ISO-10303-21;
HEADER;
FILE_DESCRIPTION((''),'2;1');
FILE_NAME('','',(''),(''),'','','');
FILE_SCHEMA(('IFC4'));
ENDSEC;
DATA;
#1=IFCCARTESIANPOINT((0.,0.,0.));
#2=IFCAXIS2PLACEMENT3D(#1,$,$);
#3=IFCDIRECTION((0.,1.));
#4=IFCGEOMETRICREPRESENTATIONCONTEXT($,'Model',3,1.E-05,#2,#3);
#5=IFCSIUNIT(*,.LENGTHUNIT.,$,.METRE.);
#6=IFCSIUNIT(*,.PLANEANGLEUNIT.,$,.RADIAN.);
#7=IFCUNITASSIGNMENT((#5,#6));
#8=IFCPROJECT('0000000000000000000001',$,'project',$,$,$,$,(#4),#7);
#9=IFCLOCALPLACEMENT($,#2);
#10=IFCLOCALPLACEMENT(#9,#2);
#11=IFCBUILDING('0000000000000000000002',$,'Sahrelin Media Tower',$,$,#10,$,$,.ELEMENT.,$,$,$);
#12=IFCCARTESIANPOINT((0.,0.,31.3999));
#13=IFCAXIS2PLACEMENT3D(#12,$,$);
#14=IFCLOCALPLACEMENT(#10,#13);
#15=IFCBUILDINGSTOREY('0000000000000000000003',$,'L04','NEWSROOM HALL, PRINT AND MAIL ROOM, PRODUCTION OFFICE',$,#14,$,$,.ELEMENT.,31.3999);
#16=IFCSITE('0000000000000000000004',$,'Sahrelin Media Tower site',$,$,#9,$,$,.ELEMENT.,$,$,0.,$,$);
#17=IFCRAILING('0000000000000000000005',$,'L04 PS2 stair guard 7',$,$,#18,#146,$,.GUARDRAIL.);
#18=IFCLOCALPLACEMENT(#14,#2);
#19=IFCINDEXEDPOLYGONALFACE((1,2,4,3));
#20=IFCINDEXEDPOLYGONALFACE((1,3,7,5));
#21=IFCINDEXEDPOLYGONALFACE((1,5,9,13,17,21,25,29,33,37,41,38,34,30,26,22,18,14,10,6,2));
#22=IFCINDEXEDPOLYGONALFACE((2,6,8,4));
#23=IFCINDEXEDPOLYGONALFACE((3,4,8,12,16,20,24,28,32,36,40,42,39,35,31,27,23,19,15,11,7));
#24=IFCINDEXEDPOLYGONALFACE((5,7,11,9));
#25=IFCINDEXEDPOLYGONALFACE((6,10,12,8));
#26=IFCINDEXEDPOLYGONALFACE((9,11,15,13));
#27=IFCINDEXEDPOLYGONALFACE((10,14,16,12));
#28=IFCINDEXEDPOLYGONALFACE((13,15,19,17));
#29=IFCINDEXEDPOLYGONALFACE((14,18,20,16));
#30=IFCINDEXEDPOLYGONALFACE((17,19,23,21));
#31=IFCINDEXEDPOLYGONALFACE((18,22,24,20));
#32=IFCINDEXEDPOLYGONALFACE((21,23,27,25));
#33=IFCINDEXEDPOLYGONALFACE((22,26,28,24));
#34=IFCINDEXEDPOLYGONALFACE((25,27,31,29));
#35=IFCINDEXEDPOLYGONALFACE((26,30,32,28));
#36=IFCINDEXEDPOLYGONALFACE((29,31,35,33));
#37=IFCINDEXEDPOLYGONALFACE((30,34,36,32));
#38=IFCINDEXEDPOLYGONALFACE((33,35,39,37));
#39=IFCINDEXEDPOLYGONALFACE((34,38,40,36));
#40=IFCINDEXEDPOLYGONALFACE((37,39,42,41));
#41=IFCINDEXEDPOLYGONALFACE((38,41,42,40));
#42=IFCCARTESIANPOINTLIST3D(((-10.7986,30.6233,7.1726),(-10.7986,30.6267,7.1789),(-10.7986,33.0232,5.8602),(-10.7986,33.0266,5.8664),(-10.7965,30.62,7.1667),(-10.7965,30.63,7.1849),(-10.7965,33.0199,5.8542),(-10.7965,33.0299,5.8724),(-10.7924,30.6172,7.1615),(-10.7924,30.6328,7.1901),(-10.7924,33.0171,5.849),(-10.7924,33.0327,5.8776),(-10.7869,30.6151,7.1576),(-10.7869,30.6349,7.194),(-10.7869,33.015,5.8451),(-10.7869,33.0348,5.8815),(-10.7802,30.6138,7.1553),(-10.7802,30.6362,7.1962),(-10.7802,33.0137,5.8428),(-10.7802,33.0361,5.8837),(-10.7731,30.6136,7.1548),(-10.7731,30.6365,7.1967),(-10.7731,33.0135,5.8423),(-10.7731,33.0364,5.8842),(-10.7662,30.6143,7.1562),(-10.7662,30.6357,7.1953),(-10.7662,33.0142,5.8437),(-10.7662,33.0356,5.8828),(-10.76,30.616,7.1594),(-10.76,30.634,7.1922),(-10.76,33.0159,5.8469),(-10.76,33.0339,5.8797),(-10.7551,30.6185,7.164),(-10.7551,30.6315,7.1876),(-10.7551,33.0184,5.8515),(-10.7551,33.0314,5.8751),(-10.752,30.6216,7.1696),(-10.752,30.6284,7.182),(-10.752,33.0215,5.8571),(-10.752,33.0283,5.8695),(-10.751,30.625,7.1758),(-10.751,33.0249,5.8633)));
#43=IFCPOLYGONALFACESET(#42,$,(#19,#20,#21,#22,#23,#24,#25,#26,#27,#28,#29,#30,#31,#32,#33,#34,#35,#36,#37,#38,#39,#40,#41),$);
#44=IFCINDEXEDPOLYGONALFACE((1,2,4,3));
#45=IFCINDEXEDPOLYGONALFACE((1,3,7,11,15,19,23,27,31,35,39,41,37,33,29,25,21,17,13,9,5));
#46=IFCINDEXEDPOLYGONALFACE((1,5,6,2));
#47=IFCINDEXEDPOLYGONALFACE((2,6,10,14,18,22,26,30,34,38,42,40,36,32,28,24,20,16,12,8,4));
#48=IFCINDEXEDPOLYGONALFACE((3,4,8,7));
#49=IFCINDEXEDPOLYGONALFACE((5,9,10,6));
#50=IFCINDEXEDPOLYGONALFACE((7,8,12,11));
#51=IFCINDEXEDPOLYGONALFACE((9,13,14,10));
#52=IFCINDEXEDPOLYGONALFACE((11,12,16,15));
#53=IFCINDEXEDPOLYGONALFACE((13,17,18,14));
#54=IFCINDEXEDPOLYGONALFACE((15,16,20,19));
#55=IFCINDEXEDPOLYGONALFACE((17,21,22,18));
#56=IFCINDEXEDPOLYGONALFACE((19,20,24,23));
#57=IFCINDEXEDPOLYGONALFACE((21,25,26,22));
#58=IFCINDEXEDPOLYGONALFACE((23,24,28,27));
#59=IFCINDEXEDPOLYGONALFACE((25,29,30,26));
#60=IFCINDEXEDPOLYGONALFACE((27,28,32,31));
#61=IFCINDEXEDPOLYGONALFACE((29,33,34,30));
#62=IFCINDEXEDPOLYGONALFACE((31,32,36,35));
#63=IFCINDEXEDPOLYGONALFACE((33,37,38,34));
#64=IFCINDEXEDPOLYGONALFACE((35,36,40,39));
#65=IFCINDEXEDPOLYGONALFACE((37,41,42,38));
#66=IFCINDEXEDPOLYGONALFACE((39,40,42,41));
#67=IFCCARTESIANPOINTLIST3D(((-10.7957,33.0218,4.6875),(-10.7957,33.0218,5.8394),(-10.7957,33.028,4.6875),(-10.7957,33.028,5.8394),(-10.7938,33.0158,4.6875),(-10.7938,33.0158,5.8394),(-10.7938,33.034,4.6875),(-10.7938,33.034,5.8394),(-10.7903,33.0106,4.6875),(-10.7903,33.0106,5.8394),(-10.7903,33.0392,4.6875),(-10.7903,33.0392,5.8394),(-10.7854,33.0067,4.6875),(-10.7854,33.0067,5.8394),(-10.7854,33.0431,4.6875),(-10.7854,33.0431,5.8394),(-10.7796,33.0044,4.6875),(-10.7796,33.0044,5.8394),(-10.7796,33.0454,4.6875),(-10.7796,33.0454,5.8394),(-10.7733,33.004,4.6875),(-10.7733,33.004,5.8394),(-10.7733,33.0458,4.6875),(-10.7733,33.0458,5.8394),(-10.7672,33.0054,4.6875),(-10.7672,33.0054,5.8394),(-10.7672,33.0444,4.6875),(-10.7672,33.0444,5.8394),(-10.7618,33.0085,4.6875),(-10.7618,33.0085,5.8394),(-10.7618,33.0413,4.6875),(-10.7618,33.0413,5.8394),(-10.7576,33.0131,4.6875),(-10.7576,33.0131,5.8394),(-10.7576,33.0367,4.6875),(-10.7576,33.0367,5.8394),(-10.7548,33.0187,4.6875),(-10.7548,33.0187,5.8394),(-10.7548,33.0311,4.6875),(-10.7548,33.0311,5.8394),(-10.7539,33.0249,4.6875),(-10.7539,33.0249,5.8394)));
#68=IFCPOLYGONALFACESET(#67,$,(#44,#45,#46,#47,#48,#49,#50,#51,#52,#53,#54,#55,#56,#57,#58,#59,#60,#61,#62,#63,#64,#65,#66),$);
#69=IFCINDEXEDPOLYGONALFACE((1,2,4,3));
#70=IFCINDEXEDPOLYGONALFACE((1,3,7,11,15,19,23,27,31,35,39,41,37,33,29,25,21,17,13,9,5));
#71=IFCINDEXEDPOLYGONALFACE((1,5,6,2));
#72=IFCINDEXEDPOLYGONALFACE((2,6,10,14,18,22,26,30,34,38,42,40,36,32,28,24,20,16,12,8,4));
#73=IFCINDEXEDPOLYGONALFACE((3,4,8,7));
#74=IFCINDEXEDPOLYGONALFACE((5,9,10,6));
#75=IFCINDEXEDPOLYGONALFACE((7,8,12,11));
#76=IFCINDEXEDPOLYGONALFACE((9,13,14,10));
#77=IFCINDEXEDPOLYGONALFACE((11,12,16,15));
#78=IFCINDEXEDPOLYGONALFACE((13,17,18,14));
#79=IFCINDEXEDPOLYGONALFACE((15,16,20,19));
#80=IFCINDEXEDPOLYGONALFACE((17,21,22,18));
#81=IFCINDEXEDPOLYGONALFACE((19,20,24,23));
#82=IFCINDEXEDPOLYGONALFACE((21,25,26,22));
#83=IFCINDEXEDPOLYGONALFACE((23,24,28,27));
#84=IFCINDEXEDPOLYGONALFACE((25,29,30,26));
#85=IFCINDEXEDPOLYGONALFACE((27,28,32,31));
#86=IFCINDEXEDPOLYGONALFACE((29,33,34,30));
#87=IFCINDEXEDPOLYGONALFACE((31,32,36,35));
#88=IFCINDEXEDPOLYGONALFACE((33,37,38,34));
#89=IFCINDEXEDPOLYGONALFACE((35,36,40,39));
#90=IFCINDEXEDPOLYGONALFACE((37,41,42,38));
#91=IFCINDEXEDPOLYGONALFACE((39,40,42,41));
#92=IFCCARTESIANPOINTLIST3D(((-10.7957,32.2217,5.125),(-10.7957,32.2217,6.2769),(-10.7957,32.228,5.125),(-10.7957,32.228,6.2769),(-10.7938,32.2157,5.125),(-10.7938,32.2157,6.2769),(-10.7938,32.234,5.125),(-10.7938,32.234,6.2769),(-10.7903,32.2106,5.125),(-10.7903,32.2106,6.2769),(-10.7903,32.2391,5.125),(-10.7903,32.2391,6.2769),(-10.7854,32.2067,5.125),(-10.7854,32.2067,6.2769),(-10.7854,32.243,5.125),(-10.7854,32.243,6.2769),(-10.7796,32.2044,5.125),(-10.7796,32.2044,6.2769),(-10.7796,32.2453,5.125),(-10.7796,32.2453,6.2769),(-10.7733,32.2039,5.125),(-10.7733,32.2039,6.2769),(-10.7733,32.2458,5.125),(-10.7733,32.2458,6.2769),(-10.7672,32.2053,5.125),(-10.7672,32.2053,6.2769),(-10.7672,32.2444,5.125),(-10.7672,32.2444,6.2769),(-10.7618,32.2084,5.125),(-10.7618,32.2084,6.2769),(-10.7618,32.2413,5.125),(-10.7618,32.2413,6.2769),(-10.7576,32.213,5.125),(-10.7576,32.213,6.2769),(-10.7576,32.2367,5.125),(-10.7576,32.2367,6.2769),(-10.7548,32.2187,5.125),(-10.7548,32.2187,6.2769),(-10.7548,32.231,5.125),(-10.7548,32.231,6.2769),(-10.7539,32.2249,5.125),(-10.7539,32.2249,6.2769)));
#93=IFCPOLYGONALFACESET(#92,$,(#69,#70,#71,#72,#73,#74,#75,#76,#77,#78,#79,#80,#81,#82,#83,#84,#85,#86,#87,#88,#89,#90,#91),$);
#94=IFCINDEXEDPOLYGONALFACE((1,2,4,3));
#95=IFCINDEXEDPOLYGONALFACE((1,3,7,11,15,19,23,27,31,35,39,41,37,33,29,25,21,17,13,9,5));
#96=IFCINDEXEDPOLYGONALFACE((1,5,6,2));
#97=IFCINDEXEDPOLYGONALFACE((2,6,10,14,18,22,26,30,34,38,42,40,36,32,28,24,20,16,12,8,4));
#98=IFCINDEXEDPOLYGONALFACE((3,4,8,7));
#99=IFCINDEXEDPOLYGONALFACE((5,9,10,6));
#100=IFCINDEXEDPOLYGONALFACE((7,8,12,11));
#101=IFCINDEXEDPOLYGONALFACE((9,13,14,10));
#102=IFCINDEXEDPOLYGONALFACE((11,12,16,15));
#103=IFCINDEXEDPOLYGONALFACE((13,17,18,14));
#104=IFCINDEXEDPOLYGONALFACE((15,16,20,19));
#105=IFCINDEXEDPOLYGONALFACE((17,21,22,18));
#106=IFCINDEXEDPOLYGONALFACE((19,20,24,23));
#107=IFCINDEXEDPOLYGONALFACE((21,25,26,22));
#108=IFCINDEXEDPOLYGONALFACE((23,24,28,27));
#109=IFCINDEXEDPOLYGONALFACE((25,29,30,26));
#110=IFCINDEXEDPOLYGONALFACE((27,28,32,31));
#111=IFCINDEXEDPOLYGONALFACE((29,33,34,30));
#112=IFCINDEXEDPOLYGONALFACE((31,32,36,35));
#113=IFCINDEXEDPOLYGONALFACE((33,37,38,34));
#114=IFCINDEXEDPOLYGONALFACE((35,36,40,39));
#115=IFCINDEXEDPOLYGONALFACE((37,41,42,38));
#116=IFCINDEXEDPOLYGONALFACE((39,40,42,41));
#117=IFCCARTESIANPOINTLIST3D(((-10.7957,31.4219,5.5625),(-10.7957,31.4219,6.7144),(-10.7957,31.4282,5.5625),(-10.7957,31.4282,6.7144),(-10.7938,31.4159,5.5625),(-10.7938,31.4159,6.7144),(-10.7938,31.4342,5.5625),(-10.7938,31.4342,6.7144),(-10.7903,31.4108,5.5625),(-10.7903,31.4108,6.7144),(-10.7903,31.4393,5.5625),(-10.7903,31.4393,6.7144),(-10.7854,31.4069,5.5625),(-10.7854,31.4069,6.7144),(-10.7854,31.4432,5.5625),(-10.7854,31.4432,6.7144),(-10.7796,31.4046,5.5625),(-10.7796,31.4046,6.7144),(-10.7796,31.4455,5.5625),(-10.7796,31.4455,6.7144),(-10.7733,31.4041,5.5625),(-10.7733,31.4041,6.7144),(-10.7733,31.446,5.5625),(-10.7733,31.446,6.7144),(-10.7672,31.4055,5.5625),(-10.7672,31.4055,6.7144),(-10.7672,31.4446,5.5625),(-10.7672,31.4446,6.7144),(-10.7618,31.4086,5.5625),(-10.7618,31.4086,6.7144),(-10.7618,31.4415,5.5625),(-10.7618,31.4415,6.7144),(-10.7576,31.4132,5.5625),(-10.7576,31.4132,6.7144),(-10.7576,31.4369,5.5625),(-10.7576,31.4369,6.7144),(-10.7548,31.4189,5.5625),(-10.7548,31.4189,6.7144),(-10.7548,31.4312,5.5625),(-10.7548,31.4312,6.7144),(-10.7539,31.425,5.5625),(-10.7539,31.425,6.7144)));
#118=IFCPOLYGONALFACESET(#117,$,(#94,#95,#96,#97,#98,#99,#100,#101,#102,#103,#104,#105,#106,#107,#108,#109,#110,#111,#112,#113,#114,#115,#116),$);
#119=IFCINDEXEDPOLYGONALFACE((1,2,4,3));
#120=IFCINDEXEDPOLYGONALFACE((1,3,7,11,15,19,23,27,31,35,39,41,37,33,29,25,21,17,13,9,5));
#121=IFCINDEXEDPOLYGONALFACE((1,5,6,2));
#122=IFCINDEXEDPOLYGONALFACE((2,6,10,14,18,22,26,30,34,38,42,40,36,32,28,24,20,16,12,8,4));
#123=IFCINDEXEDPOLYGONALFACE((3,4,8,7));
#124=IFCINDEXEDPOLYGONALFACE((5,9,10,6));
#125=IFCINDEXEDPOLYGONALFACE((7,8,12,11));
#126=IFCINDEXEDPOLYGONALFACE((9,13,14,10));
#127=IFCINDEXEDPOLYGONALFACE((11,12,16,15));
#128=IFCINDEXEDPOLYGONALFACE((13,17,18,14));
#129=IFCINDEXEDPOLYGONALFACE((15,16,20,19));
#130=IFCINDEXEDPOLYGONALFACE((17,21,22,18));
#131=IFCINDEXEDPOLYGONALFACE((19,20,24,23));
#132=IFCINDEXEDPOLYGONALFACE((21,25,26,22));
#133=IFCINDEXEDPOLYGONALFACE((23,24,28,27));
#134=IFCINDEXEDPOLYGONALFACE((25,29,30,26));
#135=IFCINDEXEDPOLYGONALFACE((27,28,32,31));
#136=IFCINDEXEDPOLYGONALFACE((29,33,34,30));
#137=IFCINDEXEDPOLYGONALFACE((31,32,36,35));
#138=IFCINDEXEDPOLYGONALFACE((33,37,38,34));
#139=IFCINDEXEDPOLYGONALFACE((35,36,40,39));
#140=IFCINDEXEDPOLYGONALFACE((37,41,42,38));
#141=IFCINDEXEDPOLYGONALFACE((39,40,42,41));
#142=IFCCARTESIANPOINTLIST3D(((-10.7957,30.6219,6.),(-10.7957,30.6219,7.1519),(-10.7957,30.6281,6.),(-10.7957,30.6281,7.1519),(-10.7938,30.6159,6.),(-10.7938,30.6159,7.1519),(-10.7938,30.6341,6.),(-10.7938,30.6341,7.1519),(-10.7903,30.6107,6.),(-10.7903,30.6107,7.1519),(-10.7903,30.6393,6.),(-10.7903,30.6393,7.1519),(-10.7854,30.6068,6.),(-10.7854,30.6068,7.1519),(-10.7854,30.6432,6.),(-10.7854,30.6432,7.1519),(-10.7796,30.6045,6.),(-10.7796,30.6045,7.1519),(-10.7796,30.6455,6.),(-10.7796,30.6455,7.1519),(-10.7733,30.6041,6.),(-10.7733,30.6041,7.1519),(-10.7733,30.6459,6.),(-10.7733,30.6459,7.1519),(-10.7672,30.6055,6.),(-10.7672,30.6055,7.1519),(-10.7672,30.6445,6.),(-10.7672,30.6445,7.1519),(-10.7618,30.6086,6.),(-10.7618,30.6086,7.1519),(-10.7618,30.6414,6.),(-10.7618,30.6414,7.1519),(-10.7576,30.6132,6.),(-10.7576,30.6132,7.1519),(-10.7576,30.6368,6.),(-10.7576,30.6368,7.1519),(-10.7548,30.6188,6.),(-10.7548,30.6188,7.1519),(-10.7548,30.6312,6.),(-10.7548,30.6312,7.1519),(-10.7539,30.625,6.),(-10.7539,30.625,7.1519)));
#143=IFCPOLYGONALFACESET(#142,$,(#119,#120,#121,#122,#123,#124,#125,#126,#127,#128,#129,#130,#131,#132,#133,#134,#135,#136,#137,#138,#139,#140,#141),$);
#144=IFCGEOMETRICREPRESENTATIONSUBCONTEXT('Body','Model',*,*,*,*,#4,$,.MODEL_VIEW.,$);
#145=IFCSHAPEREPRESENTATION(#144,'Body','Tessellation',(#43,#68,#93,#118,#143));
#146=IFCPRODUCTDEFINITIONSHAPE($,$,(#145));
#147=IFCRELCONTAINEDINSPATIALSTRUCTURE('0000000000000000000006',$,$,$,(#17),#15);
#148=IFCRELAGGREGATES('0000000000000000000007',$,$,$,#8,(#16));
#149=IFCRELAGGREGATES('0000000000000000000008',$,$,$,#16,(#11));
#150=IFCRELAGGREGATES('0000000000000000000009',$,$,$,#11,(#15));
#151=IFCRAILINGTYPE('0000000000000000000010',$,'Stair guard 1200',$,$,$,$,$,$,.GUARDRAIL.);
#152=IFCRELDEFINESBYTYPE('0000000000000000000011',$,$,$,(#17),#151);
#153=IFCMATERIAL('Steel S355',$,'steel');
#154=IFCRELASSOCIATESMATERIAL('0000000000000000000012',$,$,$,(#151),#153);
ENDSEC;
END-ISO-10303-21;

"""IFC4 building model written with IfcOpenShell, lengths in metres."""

from ifc_helpers import new_model, si_unit, direction, frame, origin, origin_2d, place, context, subcontext, project, spatial, circle, extrude, material, type_object, element, save


model = new_model("IFC4")

# Units and contexts
model_context = context("Model", 3, precision=1e-05, world=origin(), true_north=direction((0.0, 1.0)))
body_context = subcontext(model_context, "Body", "Model", "MODEL_VIEW")
ifc_project = project(units=[si_unit("LENGTHUNIT", "METRE"), si_unit("PLANEANGLEUNIT", "RADIAN")], contexts=[model_context])

# Site, building, storey
site_placement = place(None, origin())
site = spatial("IfcSite", under=ifc_project, at=site_placement, Name="Sahrelin Media Tower site", CompositionType="ELEMENT", RefElevation=0.0)
building_placement = place(site_placement, origin())
building = spatial("IfcBuilding", under=site, at=building_placement, Name="Sahrelin Media Tower", CompositionType="ELEMENT")
storey_placement = place(building_placement, frame((0.0, 0.0, 31.3999)))
storey = spatial("IfcBuildingStorey", under=building, at=storey_placement, Name="L04", Description="NEWSROOM HALL, PRINT AND MAIL ROOM, PRODUCTION OFFICE", CompositionType="ELEMENT", Elevation=31.3999)

# Shared definitions
ifc_material_1 = material(Name="Steel S355", Category="steel")

# Railing
railing_type_1 = type_object("IfcRailingType", Name="Stair guard 1200", PredefinedType="GUARDRAIL", material=ifc_material_1)
railing_1_placement = place(storey_placement, frame((-10.7749, 33.0249, 4.6875)))
element("IfcRailing", 1, at=railing_1_placement, inside=storey, type_object=railing_type_1, Name="L04 PS2 stair guard 7", PredefinedType="GUARDRAIL", context=body_context, shape_type="SweptSolid", body=[
    extrude(circle(Radius=0.0239, at=origin_2d()), frame((0.0, 0.0, 1.1758), z_axis=(0.0, -0.877363, 0.479827), x_axis=(1.0, 0.0, 0.0)), (0.0, 0.0, 1.0), 2.7354),
    extrude(circle(Radius=0.021, at=origin_2d()), origin(), (0.0, 0.0, 1.0), 1.1519),
    extrude(circle(Radius=0.021, at=origin_2d()), frame((0.0, -0.8, 0.4375)), (0.0, 0.0, 1.0), 1.1519),
    extrude(circle(Radius=0.021, at=origin_2d()), frame((0.0, -1.5999, 0.875)), (0.0, 0.0, 1.0), 1.1519),
    extrude(circle(Radius=0.021, at=origin_2d()), frame((0.0, -2.3999, 1.3125)), (0.0, 0.0, 1.0), 1.1519),
])

save(model, "model.ifc")
